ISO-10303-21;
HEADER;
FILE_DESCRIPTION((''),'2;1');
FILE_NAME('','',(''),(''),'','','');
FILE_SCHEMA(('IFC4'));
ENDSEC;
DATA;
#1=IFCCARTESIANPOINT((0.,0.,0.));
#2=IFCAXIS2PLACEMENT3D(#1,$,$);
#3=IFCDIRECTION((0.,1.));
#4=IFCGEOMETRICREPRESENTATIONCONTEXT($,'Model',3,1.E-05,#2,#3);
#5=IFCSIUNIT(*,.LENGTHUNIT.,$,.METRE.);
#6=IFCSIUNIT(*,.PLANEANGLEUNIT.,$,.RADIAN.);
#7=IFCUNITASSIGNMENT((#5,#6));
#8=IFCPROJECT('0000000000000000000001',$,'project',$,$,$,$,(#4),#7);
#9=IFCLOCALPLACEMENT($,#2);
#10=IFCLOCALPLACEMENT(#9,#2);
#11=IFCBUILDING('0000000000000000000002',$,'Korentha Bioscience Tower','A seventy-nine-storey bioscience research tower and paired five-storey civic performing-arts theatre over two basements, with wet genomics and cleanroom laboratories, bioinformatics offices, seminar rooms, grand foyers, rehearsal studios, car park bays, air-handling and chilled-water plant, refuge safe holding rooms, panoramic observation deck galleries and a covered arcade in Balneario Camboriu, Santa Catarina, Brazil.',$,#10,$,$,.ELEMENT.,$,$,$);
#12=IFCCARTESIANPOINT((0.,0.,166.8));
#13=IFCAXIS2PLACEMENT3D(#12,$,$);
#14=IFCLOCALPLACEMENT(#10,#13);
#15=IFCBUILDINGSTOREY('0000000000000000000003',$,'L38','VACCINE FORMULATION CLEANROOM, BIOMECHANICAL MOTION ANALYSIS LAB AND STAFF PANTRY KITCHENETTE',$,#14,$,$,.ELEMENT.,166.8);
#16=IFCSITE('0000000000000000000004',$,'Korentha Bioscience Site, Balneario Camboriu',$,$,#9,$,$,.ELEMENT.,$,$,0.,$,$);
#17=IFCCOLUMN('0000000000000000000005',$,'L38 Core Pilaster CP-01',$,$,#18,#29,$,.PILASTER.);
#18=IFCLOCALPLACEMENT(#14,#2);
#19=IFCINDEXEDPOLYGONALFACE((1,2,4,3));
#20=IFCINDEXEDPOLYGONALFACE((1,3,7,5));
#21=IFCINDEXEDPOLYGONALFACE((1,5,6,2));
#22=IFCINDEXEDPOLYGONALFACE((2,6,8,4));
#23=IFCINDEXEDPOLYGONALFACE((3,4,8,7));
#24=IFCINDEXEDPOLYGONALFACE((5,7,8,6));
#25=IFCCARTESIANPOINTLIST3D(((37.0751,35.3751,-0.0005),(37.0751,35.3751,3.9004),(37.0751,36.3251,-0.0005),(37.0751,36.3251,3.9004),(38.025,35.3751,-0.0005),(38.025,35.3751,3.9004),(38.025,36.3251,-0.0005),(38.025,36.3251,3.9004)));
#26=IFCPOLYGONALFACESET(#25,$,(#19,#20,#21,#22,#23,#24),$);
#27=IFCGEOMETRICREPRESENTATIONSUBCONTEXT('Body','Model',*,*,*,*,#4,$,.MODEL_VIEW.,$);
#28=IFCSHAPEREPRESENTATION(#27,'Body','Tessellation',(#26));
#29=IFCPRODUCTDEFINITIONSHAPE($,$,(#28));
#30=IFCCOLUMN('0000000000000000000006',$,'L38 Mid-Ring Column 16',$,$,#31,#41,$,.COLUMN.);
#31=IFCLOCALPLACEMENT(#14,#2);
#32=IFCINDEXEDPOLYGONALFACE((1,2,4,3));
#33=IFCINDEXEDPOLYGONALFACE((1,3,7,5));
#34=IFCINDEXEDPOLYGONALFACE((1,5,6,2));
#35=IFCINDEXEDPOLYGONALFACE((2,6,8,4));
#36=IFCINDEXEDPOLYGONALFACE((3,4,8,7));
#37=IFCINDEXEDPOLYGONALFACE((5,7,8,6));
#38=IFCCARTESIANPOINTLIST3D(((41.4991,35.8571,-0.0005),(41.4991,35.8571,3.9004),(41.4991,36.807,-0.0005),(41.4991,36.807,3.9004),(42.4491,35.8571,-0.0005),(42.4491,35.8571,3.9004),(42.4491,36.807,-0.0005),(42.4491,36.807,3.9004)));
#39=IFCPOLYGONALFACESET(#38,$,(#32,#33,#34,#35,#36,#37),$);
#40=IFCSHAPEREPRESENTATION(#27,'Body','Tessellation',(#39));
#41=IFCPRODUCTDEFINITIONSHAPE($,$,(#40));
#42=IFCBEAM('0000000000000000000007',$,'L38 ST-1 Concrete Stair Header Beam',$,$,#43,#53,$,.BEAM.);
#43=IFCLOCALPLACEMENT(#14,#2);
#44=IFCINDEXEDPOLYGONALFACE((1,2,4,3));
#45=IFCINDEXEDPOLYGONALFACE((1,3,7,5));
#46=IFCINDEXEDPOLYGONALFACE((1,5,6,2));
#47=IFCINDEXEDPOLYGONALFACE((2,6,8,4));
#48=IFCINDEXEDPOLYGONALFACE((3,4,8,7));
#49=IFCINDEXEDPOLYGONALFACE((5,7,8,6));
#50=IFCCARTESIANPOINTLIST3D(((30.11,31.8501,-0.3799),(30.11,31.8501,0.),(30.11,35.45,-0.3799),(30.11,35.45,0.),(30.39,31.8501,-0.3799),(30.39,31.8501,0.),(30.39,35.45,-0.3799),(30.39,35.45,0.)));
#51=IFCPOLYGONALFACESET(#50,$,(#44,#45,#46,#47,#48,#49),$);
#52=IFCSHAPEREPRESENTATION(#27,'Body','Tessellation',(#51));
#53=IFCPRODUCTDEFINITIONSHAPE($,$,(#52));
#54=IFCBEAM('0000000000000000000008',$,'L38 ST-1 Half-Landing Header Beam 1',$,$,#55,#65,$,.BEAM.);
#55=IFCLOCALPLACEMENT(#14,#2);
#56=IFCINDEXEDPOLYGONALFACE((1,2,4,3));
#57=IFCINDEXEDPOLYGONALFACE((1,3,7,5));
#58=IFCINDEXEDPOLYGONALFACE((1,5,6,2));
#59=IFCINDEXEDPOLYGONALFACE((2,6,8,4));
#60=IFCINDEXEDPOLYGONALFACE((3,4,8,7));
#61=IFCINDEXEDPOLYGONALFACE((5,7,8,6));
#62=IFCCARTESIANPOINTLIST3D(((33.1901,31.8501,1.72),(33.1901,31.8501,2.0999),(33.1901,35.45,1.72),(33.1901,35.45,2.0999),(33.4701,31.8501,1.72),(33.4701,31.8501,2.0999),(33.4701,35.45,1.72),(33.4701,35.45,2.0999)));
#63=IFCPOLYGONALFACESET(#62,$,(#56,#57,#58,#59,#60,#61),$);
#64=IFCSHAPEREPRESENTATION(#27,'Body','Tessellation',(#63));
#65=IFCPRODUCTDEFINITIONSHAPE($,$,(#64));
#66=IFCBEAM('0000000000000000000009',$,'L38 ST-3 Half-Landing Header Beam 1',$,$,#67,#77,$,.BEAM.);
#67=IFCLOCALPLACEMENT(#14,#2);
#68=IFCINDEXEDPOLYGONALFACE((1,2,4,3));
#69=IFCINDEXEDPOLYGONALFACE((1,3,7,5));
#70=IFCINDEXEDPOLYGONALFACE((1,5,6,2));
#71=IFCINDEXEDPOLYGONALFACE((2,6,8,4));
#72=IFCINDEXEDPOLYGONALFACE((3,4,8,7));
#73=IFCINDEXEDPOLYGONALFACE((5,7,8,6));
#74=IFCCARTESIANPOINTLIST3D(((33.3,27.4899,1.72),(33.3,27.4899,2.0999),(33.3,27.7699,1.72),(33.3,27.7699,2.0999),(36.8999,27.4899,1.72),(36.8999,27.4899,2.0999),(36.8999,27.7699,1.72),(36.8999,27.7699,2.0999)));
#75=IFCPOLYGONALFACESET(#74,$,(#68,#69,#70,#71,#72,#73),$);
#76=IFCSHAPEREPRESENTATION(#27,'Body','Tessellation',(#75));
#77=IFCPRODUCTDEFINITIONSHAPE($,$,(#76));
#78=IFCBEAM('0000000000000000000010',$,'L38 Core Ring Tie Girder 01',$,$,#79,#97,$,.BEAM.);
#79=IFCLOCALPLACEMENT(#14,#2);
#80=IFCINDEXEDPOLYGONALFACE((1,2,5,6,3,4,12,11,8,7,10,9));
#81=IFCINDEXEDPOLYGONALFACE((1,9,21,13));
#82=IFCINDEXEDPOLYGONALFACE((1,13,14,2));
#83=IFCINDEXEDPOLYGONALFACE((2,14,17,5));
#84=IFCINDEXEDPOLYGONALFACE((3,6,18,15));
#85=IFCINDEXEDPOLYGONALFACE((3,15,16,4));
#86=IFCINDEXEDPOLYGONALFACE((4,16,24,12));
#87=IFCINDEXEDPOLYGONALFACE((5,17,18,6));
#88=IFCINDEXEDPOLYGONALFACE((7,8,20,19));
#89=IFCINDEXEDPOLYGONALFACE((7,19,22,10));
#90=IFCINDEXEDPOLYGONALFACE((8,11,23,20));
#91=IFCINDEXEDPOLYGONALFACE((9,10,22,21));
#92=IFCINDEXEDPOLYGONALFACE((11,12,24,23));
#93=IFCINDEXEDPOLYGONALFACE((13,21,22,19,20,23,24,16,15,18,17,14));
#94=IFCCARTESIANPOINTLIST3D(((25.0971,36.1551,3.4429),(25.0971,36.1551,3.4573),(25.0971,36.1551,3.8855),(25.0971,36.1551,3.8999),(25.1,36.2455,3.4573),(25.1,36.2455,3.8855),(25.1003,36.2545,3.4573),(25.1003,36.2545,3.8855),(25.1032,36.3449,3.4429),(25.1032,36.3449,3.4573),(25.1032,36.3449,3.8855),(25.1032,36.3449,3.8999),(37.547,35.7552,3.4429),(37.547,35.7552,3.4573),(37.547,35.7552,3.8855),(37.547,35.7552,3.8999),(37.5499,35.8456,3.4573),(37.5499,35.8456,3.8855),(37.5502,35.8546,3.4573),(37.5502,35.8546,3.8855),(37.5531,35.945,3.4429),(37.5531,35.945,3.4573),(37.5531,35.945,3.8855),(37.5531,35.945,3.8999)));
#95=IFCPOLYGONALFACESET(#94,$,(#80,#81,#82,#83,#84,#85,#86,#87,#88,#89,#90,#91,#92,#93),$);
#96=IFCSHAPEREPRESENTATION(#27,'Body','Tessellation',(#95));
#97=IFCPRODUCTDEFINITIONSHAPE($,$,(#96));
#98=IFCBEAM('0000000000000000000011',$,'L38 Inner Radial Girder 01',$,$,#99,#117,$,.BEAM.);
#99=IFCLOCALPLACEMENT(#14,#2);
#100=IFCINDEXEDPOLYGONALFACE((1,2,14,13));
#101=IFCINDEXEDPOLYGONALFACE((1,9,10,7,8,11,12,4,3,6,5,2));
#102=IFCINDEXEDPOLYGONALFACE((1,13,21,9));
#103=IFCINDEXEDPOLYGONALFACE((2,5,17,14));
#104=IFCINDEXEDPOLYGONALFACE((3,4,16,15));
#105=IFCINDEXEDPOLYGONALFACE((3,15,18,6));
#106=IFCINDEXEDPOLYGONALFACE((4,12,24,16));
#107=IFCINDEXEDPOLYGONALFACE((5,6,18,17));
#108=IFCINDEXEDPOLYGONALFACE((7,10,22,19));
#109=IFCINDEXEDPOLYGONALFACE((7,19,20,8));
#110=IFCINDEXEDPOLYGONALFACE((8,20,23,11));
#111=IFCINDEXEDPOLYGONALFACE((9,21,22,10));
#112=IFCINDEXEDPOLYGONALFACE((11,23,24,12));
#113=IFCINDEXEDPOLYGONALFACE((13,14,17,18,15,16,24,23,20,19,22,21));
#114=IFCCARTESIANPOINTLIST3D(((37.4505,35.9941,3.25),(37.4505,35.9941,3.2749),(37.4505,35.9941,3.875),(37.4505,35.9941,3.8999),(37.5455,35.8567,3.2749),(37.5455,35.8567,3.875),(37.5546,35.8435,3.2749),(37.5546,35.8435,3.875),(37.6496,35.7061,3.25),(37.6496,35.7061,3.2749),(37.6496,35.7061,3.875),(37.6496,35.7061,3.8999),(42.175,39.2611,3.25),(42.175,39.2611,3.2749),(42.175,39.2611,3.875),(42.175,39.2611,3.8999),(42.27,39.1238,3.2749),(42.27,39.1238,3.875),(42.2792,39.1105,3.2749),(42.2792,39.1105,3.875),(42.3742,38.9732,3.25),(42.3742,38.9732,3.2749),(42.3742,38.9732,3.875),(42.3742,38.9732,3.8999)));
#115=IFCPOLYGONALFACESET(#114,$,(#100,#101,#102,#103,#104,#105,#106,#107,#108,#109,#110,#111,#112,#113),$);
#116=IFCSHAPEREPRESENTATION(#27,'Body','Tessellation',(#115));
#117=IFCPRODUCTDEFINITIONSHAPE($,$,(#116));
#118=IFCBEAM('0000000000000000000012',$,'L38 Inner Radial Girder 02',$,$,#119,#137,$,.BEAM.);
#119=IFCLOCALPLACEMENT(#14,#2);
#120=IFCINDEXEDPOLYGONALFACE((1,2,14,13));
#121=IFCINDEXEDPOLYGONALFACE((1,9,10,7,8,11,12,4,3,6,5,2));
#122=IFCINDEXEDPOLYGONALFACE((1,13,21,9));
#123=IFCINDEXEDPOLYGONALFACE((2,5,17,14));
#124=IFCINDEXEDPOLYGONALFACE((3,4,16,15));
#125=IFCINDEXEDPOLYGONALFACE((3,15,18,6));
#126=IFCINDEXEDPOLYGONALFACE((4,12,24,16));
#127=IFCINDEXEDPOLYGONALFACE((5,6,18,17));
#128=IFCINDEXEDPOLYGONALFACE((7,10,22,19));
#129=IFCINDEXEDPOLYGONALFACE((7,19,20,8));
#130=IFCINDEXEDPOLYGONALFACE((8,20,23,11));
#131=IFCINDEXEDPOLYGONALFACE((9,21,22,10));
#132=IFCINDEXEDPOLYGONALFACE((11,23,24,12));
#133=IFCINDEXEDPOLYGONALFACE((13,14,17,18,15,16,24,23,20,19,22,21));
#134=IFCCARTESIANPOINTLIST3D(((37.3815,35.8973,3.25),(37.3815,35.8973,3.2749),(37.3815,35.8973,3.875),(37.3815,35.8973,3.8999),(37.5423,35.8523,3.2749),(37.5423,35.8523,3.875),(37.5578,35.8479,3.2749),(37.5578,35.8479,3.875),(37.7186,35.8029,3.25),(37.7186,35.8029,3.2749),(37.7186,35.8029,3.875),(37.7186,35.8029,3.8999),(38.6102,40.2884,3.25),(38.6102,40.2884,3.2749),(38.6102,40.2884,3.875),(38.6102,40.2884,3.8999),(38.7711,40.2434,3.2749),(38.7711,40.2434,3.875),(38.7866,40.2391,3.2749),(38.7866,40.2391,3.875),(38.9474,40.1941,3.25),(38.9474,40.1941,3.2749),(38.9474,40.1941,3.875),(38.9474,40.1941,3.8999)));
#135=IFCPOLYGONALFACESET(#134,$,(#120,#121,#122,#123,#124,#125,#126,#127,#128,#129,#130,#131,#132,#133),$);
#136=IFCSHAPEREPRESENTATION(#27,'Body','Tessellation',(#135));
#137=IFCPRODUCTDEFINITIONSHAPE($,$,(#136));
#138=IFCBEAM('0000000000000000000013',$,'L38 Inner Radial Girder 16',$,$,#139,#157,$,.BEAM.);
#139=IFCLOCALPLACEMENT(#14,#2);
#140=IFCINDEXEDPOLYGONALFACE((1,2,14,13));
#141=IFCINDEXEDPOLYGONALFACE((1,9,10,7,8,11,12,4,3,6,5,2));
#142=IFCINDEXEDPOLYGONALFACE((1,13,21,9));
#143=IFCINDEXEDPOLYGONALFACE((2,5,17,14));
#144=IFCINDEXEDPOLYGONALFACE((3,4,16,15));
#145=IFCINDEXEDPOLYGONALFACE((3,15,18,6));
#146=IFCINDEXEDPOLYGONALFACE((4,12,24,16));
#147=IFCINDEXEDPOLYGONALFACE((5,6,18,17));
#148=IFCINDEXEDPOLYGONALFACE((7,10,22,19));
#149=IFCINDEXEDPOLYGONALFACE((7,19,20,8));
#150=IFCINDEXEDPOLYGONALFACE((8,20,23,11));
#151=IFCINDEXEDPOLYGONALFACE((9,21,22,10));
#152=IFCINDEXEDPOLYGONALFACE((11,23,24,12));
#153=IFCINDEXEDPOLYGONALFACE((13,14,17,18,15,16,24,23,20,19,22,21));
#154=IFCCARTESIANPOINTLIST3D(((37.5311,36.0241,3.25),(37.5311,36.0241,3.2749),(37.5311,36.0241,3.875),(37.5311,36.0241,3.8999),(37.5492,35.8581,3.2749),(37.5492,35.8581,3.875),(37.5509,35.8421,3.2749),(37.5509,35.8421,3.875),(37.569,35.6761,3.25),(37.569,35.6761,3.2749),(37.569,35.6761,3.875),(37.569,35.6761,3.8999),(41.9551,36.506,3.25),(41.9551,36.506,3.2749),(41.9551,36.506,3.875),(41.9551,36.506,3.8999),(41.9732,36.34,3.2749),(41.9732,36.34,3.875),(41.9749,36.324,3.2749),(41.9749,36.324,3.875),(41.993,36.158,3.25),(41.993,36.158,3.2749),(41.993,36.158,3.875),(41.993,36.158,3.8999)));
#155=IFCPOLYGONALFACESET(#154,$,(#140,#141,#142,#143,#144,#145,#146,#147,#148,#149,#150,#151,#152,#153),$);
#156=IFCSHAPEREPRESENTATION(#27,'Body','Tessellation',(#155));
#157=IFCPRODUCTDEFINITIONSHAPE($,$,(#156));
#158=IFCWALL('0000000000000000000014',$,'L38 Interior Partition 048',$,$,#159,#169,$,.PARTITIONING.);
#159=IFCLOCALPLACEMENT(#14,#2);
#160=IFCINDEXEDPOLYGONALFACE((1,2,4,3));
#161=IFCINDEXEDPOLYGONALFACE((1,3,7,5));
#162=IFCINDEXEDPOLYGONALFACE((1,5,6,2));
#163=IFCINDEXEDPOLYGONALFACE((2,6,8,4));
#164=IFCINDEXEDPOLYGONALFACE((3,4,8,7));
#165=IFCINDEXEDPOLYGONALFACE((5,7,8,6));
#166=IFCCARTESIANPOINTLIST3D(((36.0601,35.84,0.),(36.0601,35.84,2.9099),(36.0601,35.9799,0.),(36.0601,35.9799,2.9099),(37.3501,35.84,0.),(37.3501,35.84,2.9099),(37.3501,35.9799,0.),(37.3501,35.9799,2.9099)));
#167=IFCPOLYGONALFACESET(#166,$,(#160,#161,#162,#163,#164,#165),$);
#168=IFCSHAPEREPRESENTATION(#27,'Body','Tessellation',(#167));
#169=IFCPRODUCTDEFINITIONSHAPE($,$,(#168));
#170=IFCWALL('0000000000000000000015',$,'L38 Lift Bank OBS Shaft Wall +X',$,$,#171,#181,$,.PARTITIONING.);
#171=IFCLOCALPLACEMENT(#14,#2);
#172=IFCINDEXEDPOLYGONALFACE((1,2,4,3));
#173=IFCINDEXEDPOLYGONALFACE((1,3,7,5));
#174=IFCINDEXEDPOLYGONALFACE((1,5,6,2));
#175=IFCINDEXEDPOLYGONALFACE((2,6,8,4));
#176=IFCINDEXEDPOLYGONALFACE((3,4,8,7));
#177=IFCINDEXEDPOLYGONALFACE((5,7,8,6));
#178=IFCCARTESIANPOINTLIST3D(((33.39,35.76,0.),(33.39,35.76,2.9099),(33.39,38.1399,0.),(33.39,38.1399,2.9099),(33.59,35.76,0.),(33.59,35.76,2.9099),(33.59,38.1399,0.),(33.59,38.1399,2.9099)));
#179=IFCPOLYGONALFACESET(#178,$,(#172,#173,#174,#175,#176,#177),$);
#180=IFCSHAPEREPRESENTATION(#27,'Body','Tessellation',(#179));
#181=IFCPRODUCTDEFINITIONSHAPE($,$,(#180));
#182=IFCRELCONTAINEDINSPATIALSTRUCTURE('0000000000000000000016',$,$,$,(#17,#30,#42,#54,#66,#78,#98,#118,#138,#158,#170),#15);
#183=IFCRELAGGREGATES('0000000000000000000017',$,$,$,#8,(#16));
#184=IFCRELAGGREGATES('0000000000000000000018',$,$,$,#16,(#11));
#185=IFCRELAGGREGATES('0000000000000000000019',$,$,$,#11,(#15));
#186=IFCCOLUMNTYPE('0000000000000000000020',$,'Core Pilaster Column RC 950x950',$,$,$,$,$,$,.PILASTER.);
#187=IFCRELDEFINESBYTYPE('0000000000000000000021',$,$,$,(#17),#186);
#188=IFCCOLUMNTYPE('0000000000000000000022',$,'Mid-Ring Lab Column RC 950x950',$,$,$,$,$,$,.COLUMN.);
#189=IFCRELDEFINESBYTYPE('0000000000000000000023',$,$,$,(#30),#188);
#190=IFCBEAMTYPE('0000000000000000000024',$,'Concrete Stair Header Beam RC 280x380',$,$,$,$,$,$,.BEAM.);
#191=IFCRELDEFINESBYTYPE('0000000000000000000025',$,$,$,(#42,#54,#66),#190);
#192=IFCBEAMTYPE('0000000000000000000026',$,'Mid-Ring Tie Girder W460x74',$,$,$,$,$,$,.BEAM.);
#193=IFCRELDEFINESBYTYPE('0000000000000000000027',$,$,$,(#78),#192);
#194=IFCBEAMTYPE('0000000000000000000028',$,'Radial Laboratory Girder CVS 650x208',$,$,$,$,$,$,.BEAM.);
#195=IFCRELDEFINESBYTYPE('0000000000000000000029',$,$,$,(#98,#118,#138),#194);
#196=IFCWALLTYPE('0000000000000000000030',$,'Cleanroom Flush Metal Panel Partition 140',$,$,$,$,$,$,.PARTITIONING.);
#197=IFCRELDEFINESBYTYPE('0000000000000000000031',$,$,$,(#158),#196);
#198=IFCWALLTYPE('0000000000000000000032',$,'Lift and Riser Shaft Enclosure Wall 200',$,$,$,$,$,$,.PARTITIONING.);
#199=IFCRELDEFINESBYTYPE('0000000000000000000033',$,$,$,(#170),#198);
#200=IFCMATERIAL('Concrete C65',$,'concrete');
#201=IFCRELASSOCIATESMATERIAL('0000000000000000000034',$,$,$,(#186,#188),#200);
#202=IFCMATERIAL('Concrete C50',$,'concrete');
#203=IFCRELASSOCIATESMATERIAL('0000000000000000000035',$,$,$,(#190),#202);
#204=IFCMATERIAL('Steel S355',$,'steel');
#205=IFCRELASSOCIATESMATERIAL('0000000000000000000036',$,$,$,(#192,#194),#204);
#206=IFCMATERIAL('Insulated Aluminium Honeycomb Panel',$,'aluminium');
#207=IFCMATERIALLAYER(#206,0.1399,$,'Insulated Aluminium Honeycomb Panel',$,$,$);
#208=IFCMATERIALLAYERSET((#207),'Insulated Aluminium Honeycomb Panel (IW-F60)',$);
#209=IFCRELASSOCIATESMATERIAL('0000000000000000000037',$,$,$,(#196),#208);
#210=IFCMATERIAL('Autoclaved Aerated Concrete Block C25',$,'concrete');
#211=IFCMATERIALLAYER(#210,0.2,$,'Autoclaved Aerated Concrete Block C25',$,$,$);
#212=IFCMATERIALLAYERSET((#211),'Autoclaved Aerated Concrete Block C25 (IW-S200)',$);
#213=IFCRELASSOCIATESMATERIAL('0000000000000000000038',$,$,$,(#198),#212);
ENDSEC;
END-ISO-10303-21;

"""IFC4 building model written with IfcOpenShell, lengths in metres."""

from ifc_helpers import new_model, si_unit, direction, frame, frame_2d, origin, origin_2d, place, context, subcontext, project, spatial, rectangle, i_section, extrude, material, layer, layer_set, material_profile, profile_set, type_object, element, save


model = new_model("IFC4")

# Units and contexts
model_context = context("Model", 3, precision=1e-05, world=origin(), true_north=direction((0.0, 1.0)))
body_context = subcontext(model_context, "Body", "Model", "MODEL_VIEW")
ifc_project = project(units=[si_unit("LENGTHUNIT", "METRE"), si_unit("PLANEANGLEUNIT", "RADIAN")], contexts=[model_context])

# Site, building, storey
site_placement = place(None, origin())
site = spatial("IfcSite", under=ifc_project, at=site_placement, Name="Korentha Bioscience Site, Balneario Camboriu", CompositionType="ELEMENT", RefElevation=0.0)
building_placement = place(site_placement, origin())
building = spatial("IfcBuilding", under=site, at=building_placement, Name="Korentha Bioscience Tower", Description="A seventy-nine-storey bioscience research tower and paired five-storey civic performing-arts theatre over two basements, with wet genomics and cleanroom laboratories, bioinformatics offices, seminar rooms, grand foyers, rehearsal studios, car park bays, air-handling and chilled-water plant, refuge safe holding rooms, panoramic observation deck galleries and a covered arcade in Balneario Camboriu, Santa Catarina, Brazil.", CompositionType="ELEMENT")
storey_placement = place(building_placement, frame((0.0, 0.0, 166.8)))
storey = spatial("IfcBuildingStorey", under=building, at=storey_placement, Name="L38", Description="VACCINE FORMULATION CLEANROOM, BIOMECHANICAL MOTION ANALYSIS LAB AND STAFF PANTRY KITCHENETTE", CompositionType="ELEMENT", Elevation=166.8)

# Columns
ifc_material_1 = material(Name="Concrete C65", Category="concrete")
ifc_material_profile_1 = material_profile(ifc_material_1, rectangle(XDim=0.95, YDim=0.95, at=origin_2d()), Name="Concrete C65")
ifc_profile_set_1 = profile_set([ifc_material_profile_1], Name="Concrete C65 (COL-CP09)")
column_type_1 = type_object("IfcColumnType", Name="Core Pilaster Column RC 950x950", PredefinedType="PILASTER", material=ifc_profile_set_1)
column_1_placement = place(storey_placement, frame((37.55, 35.8501, -0.0005), z_axis=(0.0, 0.0, 1.0), x_axis=(1.0, 0.0, 0.0)))
element("IfcColumn", 1, at=column_1_placement, inside=storey, type_object=column_type_1, Name="L38 Core Pilaster CP-01", PredefinedType="PILASTER", context=body_context, shape_type="SweptSolid", body=[
    extrude(rectangle(XDim=0.95, YDim=0.95, at=origin_2d()), origin(), (0.0, 0.0, 1.0), 3.9009),
])
ifc_material_profile_2 = material_profile(ifc_material_1, rectangle(XDim=0.95, YDim=0.95, at=origin_2d()), Name="Concrete C65")
ifc_profile_set_2 = profile_set([ifc_material_profile_2], Name="Concrete C65 (COL-MR09)")
column_type_2 = type_object("IfcColumnType", Name="Mid-Ring Lab Column RC 950x950", PredefinedType="COLUMN", material=ifc_profile_set_2)
column_2_placement = place(storey_placement, frame((41.9741, 36.332, -0.0005), z_axis=(0.0, 0.0, 1.0), x_axis=(1.0, 0.0, 0.0)))
element("IfcColumn", 2, at=column_2_placement, inside=storey, type_object=column_type_2, Name="L38 Mid-Ring Column 16", PredefinedType="COLUMN", context=body_context, shape_type="SweptSolid", body=[
    extrude(rectangle(XDim=0.95, YDim=0.95, at=origin_2d()), origin(), (0.0, 0.0, 1.0), 3.9009),
])

# Beams
ifc_material_2 = material(Name="Concrete C50", Category="concrete")
ifc_material_profile_3 = material_profile(ifc_material_2, rectangle(XDim=0.28, YDim=0.3799, at=origin_2d()), Name="Concrete C50")
ifc_profile_set_3 = profile_set([ifc_material_profile_3], Name="Concrete C50 (ST-HB380)")
beam_type_1 = type_object("IfcBeamType", Name="Concrete Stair Header Beam RC 280x380", PredefinedType="BEAM", material=ifc_profile_set_3)
for number, where, z_axis, x_axis, name in (
    (3, (30.25, 31.8501, -0.1899), (0.0, 1.0, 0.0), (-1.0, 0.0, 0.0), "L38 ST-1 Concrete Stair Header Beam"),
    (4, (33.3301, 31.8501, 1.9099), (0.0, 1.0, 0.0), (-1.0, 0.0, 0.0), "L38 ST-1 Half-Landing Header Beam 1"),
    (5, (36.8999, 27.6299, 1.9099), (-1.0, 0.0, 0.0), (0.0, -1.0, 0.0), "L38 ST-3 Half-Landing Header Beam 1"),
):
    element("IfcBeam", number, at=place(storey_placement, frame(where, z_axis=z_axis, x_axis=x_axis)), inside=storey, type_object=beam_type_1, Name=name, PredefinedType="BEAM", context=body_context, shape_type="SweptSolid", body=[
        extrude(rectangle(XDim=0.28, YDim=0.3799, at=origin_2d()), origin(), (0.0, 0.0, 1.0), 3.5999),
    ])
ifc_material_3 = material(Name="Steel S355", Category="steel")
ifc_material_profile_4 = material_profile(ifc_material_3, i_section(OverallWidth=0.1899, OverallDepth=0.457, WebThickness=0.009, FlangeThickness=0.0144, at=origin_2d()), Name="Steel S355")
ifc_profile_set_4 = profile_set([ifc_material_profile_4], Name="Steel S355 (MB-460)")
beam_type_2 = type_object("IfcBeamType", Name="Mid-Ring Tie Girder W460x74", PredefinedType="BEAM", material=ifc_profile_set_4)
beam_1_placement = place(storey_placement, frame((37.55, 35.8501, 3.6714), z_axis=(-0.999485, 0.032104, 0.0), x_axis=(-0.032104, -0.999485, 0.0)))
element("IfcBeam", 6, at=beam_1_placement, inside=storey, type_object=beam_type_2, Name="L38 Core Ring Tie Girder 01", PredefinedType="BEAM", context=body_context, shape_type="SweptSolid", body=[
    extrude(i_section(OverallWidth=0.1899, OverallDepth=0.457, WebThickness=0.009, FlangeThickness=0.0144, at=origin_2d()), origin(), (0.0, 0.0, 1.0), 12.4563),
])
ifc_material_profile_5 = material_profile(ifc_material_3, i_section(OverallWidth=0.3501, OverallDepth=0.6499, WebThickness=0.0161, FlangeThickness=0.0249, at=origin_2d()), Name="Steel S355")
ifc_profile_set_5 = profile_set([ifc_material_profile_5], Name="Steel S355 (RB-650)")
beam_type_3 = type_object("IfcBeamType", Name="Radial Laboratory Girder CVS 650x208", PredefinedType="BEAM", material=ifc_profile_set_5)
beam_2_placement = place(storey_placement, frame((37.55, 35.8501, 3.575), z_axis=(0.822501, 0.568763, 0.0), x_axis=(-0.568763, 0.822501, 0.0)))
element("IfcBeam", 7, at=beam_2_placement, inside=storey, type_object=beam_type_3, Name="L38 Inner Radial Girder 01", PredefinedType="BEAM", context=body_context, shape_type="SweptSolid", body=[
    extrude(i_section(OverallWidth=0.3501, OverallDepth=0.6499, WebThickness=0.0161, FlangeThickness=0.0249, at=origin_2d()), origin(), (0.0, 0.0, 1.0), 5.7441),
])
beam_3_placement = place(storey_placement, frame((37.55, 35.8501, 3.575), z_axis=(0.269477, 0.963007, 0.0), x_axis=(-0.963007, 0.269477, 0.0)))
element("IfcBeam", 8, at=beam_3_placement, inside=storey, type_object=beam_type_3, Name="L38 Inner Radial Girder 02", PredefinedType="BEAM", context=body_context, shape_type="SweptSolid", body=[
    extrude(i_section(OverallWidth=0.3501, OverallDepth=0.6499, WebThickness=0.0161, FlangeThickness=0.0249, at=origin_2d()), origin(), (0.0, 0.0, 1.0), 4.5598),
])
beam_4_placement = place(storey_placement, frame((37.55, 35.8501, 3.575), z_axis=(0.994119, 0.108294, 0.0), x_axis=(-0.108294, 0.994119, 0.0)))
element("IfcBeam", 9, at=beam_4_placement, inside=storey, type_object=beam_type_3, Name="L38 Inner Radial Girder 16", PredefinedType="BEAM", context=body_context, shape_type="SweptSolid", body=[
    extrude(i_section(OverallWidth=0.3501, OverallDepth=0.6499, WebThickness=0.0161, FlangeThickness=0.0249, at=origin_2d()), origin(), (0.0, 0.0, 1.0), 4.4502),
])

# Walls
ifc_material_4 = material(Name="Insulated Aluminium Honeycomb Panel", Category="aluminium")
ifc_layer_1 = layer(ifc_material_4, 0.1399, Name="Insulated Aluminium Honeycomb Panel")
ifc_layer_set_1 = layer_set([ifc_layer_1], Name="Insulated Aluminium Honeycomb Panel (IW-F60)")
wall_type_1 = type_object("IfcWallType", Name="Cleanroom Flush Metal Panel Partition 140", PredefinedType="PARTITIONING", material=ifc_layer_set_1)
wall_1_placement = place(storey_placement, frame((37.3501, 35.9099, 0.0), z_axis=(0.0, 0.0, 1.0), x_axis=(-1.0, 0.0, 0.0)))
element("IfcWall", 10, at=wall_1_placement, inside=storey, type_object=wall_type_1, Name="L38 Interior Partition 048", PredefinedType="PARTITIONING", context=body_context, shape_type="SweptSolid", body=[
    extrude(rectangle(XDim=1.29, YDim=0.1399, at=frame_2d((0.645, 0.0))), origin(), (0.0, 0.0, 1.0), 2.9099),
])
ifc_material_5 = material(Name="Autoclaved Aerated Concrete Block C25", Category="concrete")
ifc_layer_2 = layer(ifc_material_5, 0.2, Name="Autoclaved Aerated Concrete Block C25")
ifc_layer_set_2 = layer_set([ifc_layer_2], Name="Autoclaved Aerated Concrete Block C25 (IW-S200)")
wall_type_2 = type_object("IfcWallType", Name="Lift and Riser Shaft Enclosure Wall 200", PredefinedType="PARTITIONING", material=ifc_layer_set_2)
wall_2_placement = place(storey_placement, frame((33.49, 35.76, 0.0), z_axis=(0.0, 0.0, 1.0), x_axis=(0.0, 1.0, 0.0)))
element("IfcWall", 11, at=wall_2_placement, inside=storey, type_object=wall_type_2, Name="L38 Lift Bank OBS Shaft Wall +X", PredefinedType="PARTITIONING", context=body_context, shape_type="SweptSolid", body=[
    extrude(rectangle(XDim=2.3799, YDim=0.2, at=frame_2d((1.1899, 0.0))), origin(), (0.0, 0.0, 1.0), 2.9099),
])

save(model, "model.ifc")
